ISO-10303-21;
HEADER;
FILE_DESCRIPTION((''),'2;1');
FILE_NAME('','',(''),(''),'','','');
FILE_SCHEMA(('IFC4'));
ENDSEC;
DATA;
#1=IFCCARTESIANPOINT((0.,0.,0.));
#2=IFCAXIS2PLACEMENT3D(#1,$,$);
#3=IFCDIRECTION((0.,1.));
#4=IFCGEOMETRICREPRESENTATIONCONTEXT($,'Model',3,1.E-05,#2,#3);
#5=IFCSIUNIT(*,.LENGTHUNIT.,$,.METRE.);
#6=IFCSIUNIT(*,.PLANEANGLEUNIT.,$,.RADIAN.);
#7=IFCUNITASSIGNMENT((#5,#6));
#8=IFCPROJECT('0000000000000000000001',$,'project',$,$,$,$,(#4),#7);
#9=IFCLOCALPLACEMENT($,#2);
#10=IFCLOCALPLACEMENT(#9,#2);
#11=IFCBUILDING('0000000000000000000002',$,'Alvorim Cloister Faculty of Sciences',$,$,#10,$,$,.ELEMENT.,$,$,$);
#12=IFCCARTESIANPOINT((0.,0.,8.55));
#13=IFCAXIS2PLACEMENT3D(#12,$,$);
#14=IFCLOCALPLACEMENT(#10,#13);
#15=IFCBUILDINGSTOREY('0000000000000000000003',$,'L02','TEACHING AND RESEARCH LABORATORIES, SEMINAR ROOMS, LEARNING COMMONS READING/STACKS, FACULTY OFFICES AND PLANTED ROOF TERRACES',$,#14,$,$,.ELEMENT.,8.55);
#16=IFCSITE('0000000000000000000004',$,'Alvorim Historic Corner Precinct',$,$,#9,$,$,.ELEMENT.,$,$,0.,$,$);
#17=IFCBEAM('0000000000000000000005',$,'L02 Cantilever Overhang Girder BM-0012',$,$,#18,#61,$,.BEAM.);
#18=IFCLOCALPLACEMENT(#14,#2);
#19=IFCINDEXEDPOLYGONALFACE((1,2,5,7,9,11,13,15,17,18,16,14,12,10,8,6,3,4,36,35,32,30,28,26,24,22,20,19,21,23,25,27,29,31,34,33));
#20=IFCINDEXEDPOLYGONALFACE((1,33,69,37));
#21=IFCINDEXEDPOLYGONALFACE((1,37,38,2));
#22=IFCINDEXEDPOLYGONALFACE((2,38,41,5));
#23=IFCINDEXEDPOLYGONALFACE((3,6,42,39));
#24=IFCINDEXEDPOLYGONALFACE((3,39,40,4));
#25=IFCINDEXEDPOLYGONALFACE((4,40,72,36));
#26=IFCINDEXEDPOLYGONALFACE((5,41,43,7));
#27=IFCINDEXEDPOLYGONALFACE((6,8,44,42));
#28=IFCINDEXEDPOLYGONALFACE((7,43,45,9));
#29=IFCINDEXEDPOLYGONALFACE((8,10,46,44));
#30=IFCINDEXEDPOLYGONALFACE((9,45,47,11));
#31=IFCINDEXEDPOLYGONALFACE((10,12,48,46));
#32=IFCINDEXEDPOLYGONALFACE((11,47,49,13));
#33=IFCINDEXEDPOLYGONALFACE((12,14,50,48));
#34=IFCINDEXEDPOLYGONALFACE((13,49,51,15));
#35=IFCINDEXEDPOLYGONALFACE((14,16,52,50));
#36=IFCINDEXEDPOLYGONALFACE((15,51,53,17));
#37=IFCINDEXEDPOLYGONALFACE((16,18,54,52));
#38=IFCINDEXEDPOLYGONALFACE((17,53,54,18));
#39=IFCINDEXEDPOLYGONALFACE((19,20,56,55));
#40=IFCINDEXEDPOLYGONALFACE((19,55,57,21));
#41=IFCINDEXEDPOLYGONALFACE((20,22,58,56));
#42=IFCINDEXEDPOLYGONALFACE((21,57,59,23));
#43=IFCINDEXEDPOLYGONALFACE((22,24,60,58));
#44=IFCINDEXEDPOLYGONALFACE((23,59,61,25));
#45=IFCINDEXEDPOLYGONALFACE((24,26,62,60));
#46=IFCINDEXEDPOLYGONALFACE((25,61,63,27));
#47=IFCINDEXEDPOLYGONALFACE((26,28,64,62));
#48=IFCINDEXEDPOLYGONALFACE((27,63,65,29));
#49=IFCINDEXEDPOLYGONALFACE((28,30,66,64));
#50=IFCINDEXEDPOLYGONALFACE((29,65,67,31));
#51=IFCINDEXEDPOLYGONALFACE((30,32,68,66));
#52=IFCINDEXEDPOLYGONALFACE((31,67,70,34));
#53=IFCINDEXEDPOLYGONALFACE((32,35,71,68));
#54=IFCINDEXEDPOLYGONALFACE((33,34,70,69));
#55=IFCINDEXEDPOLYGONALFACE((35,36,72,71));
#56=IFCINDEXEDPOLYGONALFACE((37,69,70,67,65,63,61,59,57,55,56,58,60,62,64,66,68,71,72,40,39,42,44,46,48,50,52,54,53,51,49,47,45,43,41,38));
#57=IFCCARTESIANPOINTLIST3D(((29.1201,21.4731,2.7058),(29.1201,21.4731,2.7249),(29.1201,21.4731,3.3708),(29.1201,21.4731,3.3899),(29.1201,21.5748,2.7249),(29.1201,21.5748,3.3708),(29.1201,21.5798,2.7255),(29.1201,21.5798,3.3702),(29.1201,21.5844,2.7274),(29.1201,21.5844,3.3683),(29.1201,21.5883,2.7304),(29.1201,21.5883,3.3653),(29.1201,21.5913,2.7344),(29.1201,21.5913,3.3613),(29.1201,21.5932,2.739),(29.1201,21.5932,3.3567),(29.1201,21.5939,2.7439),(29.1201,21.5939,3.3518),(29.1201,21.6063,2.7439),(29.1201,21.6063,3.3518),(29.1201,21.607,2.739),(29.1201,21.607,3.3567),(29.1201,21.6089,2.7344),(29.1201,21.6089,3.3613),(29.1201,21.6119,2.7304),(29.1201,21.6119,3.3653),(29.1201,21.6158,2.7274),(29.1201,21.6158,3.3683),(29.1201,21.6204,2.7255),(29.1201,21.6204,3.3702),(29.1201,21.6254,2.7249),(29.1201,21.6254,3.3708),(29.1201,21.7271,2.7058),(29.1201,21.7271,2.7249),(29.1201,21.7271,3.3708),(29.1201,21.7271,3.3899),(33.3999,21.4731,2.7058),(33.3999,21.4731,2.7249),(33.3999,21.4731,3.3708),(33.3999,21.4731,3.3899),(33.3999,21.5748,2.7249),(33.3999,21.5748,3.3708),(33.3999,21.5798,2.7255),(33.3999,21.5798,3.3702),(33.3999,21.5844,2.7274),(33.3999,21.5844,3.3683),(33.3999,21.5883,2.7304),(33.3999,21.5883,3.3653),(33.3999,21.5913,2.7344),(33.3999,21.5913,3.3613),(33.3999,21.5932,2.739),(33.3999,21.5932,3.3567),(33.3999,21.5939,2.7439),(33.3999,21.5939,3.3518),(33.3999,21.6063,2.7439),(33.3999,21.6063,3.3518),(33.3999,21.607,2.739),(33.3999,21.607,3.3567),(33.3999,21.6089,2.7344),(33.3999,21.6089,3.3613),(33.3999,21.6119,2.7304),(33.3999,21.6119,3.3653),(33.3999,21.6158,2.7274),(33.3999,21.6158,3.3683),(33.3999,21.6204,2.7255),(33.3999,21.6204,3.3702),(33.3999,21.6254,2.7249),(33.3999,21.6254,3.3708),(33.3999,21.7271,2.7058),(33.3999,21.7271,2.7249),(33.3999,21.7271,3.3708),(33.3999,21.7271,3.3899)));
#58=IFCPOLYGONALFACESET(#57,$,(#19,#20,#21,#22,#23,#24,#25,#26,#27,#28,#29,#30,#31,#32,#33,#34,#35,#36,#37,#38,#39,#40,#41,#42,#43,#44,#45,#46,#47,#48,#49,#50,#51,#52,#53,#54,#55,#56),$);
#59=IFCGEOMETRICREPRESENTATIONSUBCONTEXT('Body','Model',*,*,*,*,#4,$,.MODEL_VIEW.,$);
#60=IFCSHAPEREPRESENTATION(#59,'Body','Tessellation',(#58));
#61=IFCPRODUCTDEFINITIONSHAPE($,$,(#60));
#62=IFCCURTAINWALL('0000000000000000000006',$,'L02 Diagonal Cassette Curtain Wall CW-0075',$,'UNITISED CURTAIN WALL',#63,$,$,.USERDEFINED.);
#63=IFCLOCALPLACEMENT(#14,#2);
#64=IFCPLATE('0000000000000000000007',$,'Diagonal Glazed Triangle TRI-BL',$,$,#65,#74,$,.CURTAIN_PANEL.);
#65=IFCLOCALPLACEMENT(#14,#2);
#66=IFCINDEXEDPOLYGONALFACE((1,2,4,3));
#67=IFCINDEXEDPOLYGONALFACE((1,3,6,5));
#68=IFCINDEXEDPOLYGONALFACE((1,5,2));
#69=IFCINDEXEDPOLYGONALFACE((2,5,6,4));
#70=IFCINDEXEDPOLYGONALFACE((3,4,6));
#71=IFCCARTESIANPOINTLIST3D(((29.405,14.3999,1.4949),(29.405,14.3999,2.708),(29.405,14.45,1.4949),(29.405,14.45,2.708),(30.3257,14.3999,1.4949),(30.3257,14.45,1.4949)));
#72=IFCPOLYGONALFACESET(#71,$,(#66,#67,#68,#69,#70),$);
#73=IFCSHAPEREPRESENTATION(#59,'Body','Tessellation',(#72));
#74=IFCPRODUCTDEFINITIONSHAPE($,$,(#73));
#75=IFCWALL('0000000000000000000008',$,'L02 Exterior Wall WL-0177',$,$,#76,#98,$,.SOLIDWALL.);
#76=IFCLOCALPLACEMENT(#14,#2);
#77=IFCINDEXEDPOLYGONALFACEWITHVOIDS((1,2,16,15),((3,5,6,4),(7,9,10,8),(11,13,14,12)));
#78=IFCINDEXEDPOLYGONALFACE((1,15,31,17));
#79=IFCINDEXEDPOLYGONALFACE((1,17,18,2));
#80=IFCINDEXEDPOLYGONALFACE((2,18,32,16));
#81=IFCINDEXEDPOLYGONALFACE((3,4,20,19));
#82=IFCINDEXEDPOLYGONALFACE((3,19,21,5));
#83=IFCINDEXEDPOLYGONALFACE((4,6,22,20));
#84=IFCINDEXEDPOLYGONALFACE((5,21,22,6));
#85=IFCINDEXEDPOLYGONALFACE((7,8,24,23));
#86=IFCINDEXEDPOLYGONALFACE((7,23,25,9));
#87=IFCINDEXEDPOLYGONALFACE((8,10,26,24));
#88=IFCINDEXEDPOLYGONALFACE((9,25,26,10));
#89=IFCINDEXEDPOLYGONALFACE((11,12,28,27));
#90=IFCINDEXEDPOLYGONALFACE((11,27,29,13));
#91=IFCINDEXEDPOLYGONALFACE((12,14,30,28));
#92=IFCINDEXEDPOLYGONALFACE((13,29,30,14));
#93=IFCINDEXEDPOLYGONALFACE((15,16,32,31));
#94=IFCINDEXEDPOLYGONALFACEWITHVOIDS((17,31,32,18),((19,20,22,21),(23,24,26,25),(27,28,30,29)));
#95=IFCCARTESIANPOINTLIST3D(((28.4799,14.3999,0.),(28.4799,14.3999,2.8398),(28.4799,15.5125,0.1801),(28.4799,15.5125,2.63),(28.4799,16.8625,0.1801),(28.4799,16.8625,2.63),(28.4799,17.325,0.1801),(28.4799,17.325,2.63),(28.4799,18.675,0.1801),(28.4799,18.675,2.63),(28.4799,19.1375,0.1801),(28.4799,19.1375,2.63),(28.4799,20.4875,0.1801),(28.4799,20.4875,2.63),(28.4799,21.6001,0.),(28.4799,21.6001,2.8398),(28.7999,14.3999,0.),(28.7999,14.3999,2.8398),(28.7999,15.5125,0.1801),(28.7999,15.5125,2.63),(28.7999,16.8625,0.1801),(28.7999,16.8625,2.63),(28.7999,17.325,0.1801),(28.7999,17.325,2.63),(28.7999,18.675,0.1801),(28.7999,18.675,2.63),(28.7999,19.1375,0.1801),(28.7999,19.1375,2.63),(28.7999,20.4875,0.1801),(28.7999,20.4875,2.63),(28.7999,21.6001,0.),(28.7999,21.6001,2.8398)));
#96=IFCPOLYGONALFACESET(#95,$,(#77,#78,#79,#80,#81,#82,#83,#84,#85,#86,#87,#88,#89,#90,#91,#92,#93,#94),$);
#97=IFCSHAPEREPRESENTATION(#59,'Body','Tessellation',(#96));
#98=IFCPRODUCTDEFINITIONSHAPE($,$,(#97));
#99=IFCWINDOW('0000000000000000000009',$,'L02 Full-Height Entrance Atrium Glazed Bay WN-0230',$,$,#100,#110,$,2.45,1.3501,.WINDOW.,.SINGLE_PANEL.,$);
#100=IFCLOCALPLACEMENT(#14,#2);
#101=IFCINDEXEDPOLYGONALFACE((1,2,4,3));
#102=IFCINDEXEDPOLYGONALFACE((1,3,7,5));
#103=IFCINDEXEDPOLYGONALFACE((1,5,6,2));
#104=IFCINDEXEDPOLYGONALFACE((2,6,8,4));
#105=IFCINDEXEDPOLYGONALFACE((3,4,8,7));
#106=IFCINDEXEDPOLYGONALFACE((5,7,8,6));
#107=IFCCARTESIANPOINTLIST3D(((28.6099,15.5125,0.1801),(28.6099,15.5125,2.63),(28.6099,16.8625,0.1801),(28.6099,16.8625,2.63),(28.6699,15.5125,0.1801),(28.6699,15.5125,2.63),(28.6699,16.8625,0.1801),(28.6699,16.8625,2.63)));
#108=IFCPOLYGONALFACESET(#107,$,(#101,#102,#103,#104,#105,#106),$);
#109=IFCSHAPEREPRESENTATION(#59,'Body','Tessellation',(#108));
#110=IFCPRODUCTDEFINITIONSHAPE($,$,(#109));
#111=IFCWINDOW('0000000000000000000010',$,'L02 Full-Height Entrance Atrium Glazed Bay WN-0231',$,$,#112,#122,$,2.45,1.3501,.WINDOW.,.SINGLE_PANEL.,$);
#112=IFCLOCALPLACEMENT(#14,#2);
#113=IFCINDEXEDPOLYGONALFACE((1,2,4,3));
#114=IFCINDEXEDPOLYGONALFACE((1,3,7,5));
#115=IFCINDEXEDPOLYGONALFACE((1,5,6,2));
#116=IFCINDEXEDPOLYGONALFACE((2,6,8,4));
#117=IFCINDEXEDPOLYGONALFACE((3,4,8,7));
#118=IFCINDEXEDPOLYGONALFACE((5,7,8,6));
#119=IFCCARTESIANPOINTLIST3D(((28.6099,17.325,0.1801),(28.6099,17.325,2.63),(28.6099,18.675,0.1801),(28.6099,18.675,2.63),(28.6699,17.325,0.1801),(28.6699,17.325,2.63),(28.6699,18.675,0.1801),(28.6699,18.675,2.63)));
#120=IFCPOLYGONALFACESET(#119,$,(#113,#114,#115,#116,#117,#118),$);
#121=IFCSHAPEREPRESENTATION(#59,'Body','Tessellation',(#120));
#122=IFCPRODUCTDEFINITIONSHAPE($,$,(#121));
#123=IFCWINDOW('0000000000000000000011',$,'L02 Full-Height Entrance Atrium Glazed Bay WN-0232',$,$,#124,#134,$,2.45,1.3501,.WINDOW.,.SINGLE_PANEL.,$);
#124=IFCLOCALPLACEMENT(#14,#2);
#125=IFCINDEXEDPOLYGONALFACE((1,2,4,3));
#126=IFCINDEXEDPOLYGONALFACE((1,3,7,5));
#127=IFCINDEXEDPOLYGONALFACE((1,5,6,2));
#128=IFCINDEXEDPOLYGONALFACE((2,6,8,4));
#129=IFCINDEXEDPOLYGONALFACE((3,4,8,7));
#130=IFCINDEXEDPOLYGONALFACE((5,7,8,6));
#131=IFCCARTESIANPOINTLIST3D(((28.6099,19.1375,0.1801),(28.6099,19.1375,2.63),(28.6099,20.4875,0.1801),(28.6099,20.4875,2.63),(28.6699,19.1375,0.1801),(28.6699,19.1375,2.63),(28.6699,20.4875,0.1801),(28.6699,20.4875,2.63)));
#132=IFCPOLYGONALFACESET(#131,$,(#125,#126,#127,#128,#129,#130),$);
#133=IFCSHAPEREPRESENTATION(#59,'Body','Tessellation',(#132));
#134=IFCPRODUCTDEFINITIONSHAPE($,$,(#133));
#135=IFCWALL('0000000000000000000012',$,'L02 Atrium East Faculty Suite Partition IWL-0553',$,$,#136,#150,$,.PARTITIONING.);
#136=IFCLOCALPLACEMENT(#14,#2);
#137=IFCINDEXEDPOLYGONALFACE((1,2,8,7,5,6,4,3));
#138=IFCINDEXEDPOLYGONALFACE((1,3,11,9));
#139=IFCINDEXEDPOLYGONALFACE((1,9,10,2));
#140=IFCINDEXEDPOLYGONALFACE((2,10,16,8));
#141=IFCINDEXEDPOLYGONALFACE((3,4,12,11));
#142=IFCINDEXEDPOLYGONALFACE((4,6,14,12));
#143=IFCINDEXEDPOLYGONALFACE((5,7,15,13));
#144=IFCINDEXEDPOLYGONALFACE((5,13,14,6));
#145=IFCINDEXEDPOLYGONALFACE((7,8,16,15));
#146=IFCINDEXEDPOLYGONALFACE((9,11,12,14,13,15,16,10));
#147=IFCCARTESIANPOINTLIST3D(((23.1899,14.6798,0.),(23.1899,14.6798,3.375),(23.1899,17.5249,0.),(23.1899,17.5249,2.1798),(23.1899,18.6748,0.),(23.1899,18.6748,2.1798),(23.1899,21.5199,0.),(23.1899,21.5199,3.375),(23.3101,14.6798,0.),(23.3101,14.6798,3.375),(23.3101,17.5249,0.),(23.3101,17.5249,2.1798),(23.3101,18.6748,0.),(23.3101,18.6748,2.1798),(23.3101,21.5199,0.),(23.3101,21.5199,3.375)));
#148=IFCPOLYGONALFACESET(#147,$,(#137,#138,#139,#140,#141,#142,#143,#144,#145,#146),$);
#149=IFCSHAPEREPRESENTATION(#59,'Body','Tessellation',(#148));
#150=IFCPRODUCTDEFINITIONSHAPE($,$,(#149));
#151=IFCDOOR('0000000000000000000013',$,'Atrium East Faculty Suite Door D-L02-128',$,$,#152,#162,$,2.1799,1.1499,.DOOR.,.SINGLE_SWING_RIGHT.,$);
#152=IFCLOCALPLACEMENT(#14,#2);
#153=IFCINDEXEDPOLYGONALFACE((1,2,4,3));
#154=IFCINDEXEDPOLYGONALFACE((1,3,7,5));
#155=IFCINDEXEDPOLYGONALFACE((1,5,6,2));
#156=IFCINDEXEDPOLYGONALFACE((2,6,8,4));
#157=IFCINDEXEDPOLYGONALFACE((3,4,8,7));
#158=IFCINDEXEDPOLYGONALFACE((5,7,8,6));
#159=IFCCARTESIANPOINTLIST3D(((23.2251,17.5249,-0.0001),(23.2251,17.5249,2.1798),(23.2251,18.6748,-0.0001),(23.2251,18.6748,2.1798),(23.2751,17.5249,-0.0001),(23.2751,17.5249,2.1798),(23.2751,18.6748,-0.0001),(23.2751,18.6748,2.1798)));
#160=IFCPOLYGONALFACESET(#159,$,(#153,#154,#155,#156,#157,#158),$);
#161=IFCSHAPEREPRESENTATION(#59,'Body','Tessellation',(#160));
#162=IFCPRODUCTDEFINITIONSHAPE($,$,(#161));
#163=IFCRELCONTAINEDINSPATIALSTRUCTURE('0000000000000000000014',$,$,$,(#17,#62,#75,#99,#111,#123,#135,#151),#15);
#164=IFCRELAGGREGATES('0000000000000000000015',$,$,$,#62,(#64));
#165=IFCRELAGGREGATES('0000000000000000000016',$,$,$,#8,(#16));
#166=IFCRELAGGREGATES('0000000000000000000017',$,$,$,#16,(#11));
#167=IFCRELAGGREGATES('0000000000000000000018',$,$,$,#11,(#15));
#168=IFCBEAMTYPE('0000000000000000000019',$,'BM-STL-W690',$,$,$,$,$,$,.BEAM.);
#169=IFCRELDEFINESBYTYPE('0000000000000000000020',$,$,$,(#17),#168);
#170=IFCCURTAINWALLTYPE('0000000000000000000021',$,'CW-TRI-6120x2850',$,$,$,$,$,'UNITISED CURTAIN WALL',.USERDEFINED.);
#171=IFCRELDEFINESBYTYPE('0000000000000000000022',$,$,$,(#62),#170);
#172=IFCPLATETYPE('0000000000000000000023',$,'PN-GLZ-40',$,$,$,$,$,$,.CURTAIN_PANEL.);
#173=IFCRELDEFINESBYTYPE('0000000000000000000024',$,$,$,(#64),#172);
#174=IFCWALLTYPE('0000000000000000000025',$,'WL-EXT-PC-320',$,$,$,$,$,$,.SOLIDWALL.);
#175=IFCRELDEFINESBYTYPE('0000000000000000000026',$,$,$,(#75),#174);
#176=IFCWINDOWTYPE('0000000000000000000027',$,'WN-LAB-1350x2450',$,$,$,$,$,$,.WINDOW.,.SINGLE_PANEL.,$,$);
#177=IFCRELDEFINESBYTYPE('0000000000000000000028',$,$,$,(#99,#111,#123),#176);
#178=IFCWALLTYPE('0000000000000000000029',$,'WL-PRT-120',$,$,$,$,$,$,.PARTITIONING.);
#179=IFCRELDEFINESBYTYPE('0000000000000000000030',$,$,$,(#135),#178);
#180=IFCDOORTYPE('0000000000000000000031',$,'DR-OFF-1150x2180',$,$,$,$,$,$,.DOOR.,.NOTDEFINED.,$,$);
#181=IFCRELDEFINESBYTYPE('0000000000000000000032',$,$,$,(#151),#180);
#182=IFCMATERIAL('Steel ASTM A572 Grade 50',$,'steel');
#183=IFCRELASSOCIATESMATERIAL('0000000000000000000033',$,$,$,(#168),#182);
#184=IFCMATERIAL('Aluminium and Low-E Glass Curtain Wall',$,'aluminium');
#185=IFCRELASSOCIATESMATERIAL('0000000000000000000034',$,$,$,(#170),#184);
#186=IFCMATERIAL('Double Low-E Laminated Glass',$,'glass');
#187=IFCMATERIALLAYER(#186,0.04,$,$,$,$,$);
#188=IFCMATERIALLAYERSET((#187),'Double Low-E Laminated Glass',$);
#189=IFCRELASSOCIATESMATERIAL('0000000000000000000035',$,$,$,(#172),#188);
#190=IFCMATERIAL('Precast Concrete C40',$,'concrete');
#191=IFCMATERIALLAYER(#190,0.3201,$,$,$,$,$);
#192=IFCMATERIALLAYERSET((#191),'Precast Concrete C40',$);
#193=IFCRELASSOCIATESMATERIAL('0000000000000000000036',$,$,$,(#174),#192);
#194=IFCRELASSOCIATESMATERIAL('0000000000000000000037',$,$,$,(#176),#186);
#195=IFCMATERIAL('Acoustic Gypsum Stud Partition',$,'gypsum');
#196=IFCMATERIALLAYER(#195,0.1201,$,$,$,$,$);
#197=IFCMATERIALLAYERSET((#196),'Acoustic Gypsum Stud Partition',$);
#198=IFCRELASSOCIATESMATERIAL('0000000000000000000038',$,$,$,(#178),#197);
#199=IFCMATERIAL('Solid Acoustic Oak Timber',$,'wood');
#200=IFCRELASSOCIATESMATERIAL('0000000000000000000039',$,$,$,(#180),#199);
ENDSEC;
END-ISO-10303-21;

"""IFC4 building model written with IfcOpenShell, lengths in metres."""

from ifc_helpers import new_model, si_unit, direction, frame, frame_2d, origin, origin_2d, place, context, subcontext, project, spatial, polyline, rectangle, i_section, outline, extrude, material, layer, layer_set, material_profile, profile_set, type_object, element, fill, aggregate, save


model = new_model("IFC4")

# Units and contexts
model_context = context("Model", 3, precision=1e-05, world=origin(), true_north=direction((0.0, 1.0)))
body_context = subcontext(model_context, "Body", "Model", "MODEL_VIEW")
ifc_project = project(units=[si_unit("LENGTHUNIT", "METRE"), si_unit("PLANEANGLEUNIT", "RADIAN")], contexts=[model_context])

# Site, building, storey
site_placement = place(None, origin())
site = spatial("IfcSite", under=ifc_project, at=site_placement, Name="Alvorim Historic Corner Precinct", CompositionType="ELEMENT", RefElevation=0.0)
building_placement = place(site_placement, origin())
building = spatial("IfcBuilding", under=site, at=building_placement, Name="Alvorim Cloister Faculty of Sciences", CompositionType="ELEMENT")
storey_placement = place(building_placement, frame((0.0, 0.0, 8.55)))
storey = spatial("IfcBuildingStorey", under=building, at=storey_placement, Name="L02", Description="TEACHING AND RESEARCH LABORATORIES, SEMINAR ROOMS, LEARNING COMMONS READING/STACKS, FACULTY OFFICES AND PLANTED ROOF TERRACES", CompositionType="ELEMENT", Elevation=8.55)

# Beam
ifc_material_1 = material(Name="Steel ASTM A572 Grade 50", Category="steel")
ifc_material_profile_1 = material_profile(ifc_material_1, i_section(OverallWidth=0.2539, OverallDepth=0.6841, WebThickness=0.0125, FlangeThickness=0.019, FilletRadius=0.019, at=origin_2d()), Name="W690x140.0")
ifc_profile_set_1 = profile_set([ifc_material_profile_1], Name="Steel ASTM A572 Grade 50")
beam_type_1 = type_object("IfcBeamType", Name="BM-STL-W690", PredefinedType="BEAM", material=ifc_profile_set_1)
beam_1_placement = place(storey_placement, frame((29.1201, 21.6001, 3.0479), z_axis=(1.0, 0.0, 0.0), x_axis=(0.0, 1.0, 0.0)))
element("IfcBeam", 1, at=beam_1_placement, inside=storey, type_object=beam_type_1, Name="L02 Cantilever Overhang Girder BM-0012", PredefinedType="BEAM", context=body_context, shape_type="SweptSolid", body=[
    extrude(i_section(OverallWidth=0.2539, OverallDepth=0.6841, WebThickness=0.0125, FlangeThickness=0.019, FilletRadius=0.019, at=origin_2d()), origin(), (0.0, 0.0, 1.0), 4.2798),
])

# Curtain wall, plate
ifc_material_2 = material(Name="Aluminium and Low-E Glass Curtain Wall", Category="aluminium")
curtain_wall_type = type_object("IfcCurtainWallType", Name="CW-TRI-6120x2850", ElementType="UNITISED CURTAIN WALL", PredefinedType="USERDEFINED", material=ifc_material_2)
curtain_wall_placement = place(storey_placement, origin())
curtain_wall = element("IfcCurtainWall", 2, at=curtain_wall_placement, inside=storey, type_object=curtain_wall_type, Name="L02 Diagonal Cassette Curtain Wall CW-0075", ObjectType="UNITISED CURTAIN WALL", PredefinedType="USERDEFINED")
ifc_material_3 = material(Name="Double Low-E Laminated Glass", Category="glass")
ifc_layer_1 = layer(ifc_material_3, 0.04)
ifc_layer_set_1 = layer_set([ifc_layer_1], Name="Double Low-E Laminated Glass")
plate_type = type_object("IfcPlateType", Name="PN-GLZ-40", PredefinedType="CURTAIN_PANEL", material=ifc_layer_set_1)
plate_1_placement = place(storey_placement, frame((29.405, 14.425, 1.4949), z_axis=(0.0, 0.0, 1.0), x_axis=(1.0, 0.0, 0.0)))
plate_1 = element("IfcPlate", 3, at=plate_1_placement, type_object=plate_type, Name="Diagonal Glazed Triangle TRI-BL", PredefinedType="CURTAIN_PANEL", context=body_context, shape_type="SweptSolid", body=[
    extrude(outline(polyline([(0.0, 0.0), (0.9207, 0.0), (0.0, 1.2131), (0.0, 0.0)])), frame((0.0, 0.0249, 0.0), z_axis=(0.0, -1.0, 0.0), x_axis=(1.0, 0.0, 0.0)), (0.0, 0.0, 1.0), 0.05),
])
aggregate(curtain_wall, [plate_1])

# Wall, openings, windows
ifc_material_4 = material(Name="Precast Concrete C40", Category="concrete")
ifc_layer_2 = layer(ifc_material_4, 0.3201)
ifc_layer_set_2 = layer_set([ifc_layer_2], Name="Precast Concrete C40")
wall_type_1 = type_object("IfcWallType", Name="WL-EXT-PC-320", PredefinedType="SOLIDWALL", material=ifc_layer_set_2)
wall_1_placement = place(storey_placement, frame((28.6399, 14.3999, 0.0), z_axis=(0.0, 0.0, 1.0), x_axis=(0.0, 1.0, 0.0)))
wall_1 = element("IfcWall", 4, at=wall_1_placement, inside=storey, type_object=wall_type_1, Name="L02 Exterior Wall WL-0177", PredefinedType="SOLIDWALL", context=body_context, shape_type="SweptSolid", body=[
    extrude(rectangle(XDim=7.2002, YDim=0.3201, at=frame_2d((3.6001, 0.0))), origin(), (0.0, 0.0, 1.0), 2.8398),
])
opening_1_placement = place(wall_1_placement, frame((1.1125, 0.0, 0.1799)))
opening_1 = element("IfcOpeningElement", 5, at=opening_1_placement, cuts=wall_1, PredefinedType="OPENING", context=body_context, shape_type="SweptSolid", body=[
    extrude(rectangle(XDim=1.3501, YDim=2.45, at=frame_2d((0.675, 1.2251))), frame((0.0, 0.1719, 0.0), z_axis=(0.0, -1.0, 0.0), x_axis=(1.0, 0.0, 0.0)), (0.0, 0.0, 1.0), 0.344),
])
opening_2_placement = place(wall_1_placement, frame((2.925, 0.0, 0.1799)))
opening_2 = element("IfcOpeningElement", 6, at=opening_2_placement, cuts=wall_1, PredefinedType="OPENING", context=body_context, shape_type="SweptSolid", body=[
    extrude(rectangle(XDim=1.3501, YDim=2.45, at=frame_2d((0.675, 1.2251))), frame((0.0, 0.1719, 0.0), z_axis=(0.0, -1.0, 0.0), x_axis=(1.0, 0.0, 0.0)), (0.0, 0.0, 1.0), 0.344),
])
opening_3_placement = place(wall_1_placement, frame((4.7375, 0.0, 0.1799)))
opening_3 = element("IfcOpeningElement", 7, at=opening_3_placement, cuts=wall_1, PredefinedType="OPENING", context=body_context, shape_type="SweptSolid", body=[
    extrude(rectangle(XDim=1.3501, YDim=2.45, at=frame_2d((0.675, 1.2251))), frame((0.0, 0.1719, 0.0), z_axis=(0.0, -1.0, 0.0), x_axis=(1.0, 0.0, 0.0)), (0.0, 0.0, 1.0), 0.344),
])
window_type = type_object("IfcWindowType", Name="WN-LAB-1350x2450", PartitioningType="SINGLE_PANEL", PredefinedType="WINDOW", material=ifc_material_3)
window_1_placement = place(opening_1_placement, origin())
window_1 = element("IfcWindow", 8, at=window_1_placement, inside=storey, type_object=window_type, Name="L02 Full-Height Entrance Atrium Glazed Bay WN-0230", OverallHeight=2.45, OverallWidth=1.3501, PartitioningType="SINGLE_PANEL", PredefinedType="WINDOW", context=body_context, shape_type="SweptSolid", body=[
    extrude(rectangle(XDim=1.3501, YDim=2.45, at=frame_2d((0.675, 1.2251))), frame((0.0, 0.03, 0.0), z_axis=(0.0, -1.0, 0.0), x_axis=(1.0, 0.0, 0.0)), (0.0, 0.0, 1.0), 0.0601),
])
fill(opening_1, window_1)
window_2_placement = place(opening_2_placement, origin())
window_2 = element("IfcWindow", 9, at=window_2_placement, inside=storey, type_object=window_type, Name="L02 Full-Height Entrance Atrium Glazed Bay WN-0231", OverallHeight=2.45, OverallWidth=1.3501, PartitioningType="SINGLE_PANEL", PredefinedType="WINDOW", context=body_context, shape_type="SweptSolid", body=[
    extrude(rectangle(XDim=1.3501, YDim=2.45, at=frame_2d((0.675, 1.2251))), frame((0.0, 0.03, 0.0), z_axis=(0.0, -1.0, 0.0), x_axis=(1.0, 0.0, 0.0)), (0.0, 0.0, 1.0), 0.0601),
])
fill(opening_2, window_2)
window_3_placement = place(opening_3_placement, origin())
window_3 = element("IfcWindow", 10, at=window_3_placement, inside=storey, type_object=window_type, Name="L02 Full-Height Entrance Atrium Glazed Bay WN-0232", OverallHeight=2.45, OverallWidth=1.3501, PartitioningType="SINGLE_PANEL", PredefinedType="WINDOW", context=body_context, shape_type="SweptSolid", body=[
    extrude(rectangle(XDim=1.3501, YDim=2.45, at=frame_2d((0.675, 1.2251))), frame((0.0, 0.03, 0.0), z_axis=(0.0, -1.0, 0.0), x_axis=(1.0, 0.0, 0.0)), (0.0, 0.0, 1.0), 0.0601),
])
fill(opening_3, window_3)

# Wall, opening, door
ifc_material_5 = material(Name="Acoustic Gypsum Stud Partition", Category="gypsum")
ifc_layer_3 = layer(ifc_material_5, 0.1201)
ifc_layer_set_3 = layer_set([ifc_layer_3], Name="Acoustic Gypsum Stud Partition")
wall_type_2 = type_object("IfcWallType", Name="WL-PRT-120", PredefinedType="PARTITIONING", material=ifc_layer_set_3)
wall_2_placement = place(storey_placement, frame((23.25, 14.6799, 0.0), z_axis=(0.0, 0.0, 1.0), x_axis=(0.0, 1.0, 0.0)))
wall_2 = element("IfcWall", 11, at=wall_2_placement, inside=storey, type_object=wall_type_2, Name="L02 Atrium East Faculty Suite Partition IWL-0553", PredefinedType="PARTITIONING", context=body_context, shape_type="SweptSolid", body=[
    extrude(rectangle(XDim=6.8401, YDim=0.1201, at=frame_2d((3.4199, 0.0))), origin(), (0.0, 0.0, 1.0), 3.375),
])
opening_4_placement = place(wall_2_placement, frame((2.845, 0.0, 0.0)))
opening_4 = element("IfcOpeningElement", 12, at=opening_4_placement, cuts=wall_2, PredefinedType="OPENING", context=body_context, shape_type="SweptSolid", body=[
    extrude(rectangle(XDim=1.1499, YDim=2.1799, at=frame_2d((0.575, 1.0898))), frame((0.0, 0.072, 0.0), z_axis=(0.0, -1.0, 0.0), x_axis=(1.0, 0.0, 0.0)), (0.0, 0.0, 1.0), 0.144),
])
ifc_material_6 = material(Name="Solid Acoustic Oak Timber", Category="wood")
door_type = type_object("IfcDoorType", Name="DR-OFF-1150x2180", OperationType="NOTDEFINED", PredefinedType="DOOR", material=ifc_material_6)
door_placement = place(opening_4_placement, origin())
door = element("IfcDoor", 13, at=door_placement, inside=storey, type_object=door_type, Name="Atrium East Faculty Suite Door D-L02-128", OperationType="SINGLE_SWING_RIGHT", OverallHeight=2.1799, OverallWidth=1.1499, PredefinedType="DOOR", context=body_context, shape_type="SweptSolid", body=[
    extrude(rectangle(XDim=1.1499, YDim=2.1799, at=frame_2d((0.575, 1.0898))), frame((0.0, 0.0249, 0.0), z_axis=(0.0, -1.0, 0.0), x_axis=(1.0, 0.0, 0.0)), (0.0, 0.0, 1.0), 0.05),
])
fill(opening_4, door)

save(model, "model.ifc")
